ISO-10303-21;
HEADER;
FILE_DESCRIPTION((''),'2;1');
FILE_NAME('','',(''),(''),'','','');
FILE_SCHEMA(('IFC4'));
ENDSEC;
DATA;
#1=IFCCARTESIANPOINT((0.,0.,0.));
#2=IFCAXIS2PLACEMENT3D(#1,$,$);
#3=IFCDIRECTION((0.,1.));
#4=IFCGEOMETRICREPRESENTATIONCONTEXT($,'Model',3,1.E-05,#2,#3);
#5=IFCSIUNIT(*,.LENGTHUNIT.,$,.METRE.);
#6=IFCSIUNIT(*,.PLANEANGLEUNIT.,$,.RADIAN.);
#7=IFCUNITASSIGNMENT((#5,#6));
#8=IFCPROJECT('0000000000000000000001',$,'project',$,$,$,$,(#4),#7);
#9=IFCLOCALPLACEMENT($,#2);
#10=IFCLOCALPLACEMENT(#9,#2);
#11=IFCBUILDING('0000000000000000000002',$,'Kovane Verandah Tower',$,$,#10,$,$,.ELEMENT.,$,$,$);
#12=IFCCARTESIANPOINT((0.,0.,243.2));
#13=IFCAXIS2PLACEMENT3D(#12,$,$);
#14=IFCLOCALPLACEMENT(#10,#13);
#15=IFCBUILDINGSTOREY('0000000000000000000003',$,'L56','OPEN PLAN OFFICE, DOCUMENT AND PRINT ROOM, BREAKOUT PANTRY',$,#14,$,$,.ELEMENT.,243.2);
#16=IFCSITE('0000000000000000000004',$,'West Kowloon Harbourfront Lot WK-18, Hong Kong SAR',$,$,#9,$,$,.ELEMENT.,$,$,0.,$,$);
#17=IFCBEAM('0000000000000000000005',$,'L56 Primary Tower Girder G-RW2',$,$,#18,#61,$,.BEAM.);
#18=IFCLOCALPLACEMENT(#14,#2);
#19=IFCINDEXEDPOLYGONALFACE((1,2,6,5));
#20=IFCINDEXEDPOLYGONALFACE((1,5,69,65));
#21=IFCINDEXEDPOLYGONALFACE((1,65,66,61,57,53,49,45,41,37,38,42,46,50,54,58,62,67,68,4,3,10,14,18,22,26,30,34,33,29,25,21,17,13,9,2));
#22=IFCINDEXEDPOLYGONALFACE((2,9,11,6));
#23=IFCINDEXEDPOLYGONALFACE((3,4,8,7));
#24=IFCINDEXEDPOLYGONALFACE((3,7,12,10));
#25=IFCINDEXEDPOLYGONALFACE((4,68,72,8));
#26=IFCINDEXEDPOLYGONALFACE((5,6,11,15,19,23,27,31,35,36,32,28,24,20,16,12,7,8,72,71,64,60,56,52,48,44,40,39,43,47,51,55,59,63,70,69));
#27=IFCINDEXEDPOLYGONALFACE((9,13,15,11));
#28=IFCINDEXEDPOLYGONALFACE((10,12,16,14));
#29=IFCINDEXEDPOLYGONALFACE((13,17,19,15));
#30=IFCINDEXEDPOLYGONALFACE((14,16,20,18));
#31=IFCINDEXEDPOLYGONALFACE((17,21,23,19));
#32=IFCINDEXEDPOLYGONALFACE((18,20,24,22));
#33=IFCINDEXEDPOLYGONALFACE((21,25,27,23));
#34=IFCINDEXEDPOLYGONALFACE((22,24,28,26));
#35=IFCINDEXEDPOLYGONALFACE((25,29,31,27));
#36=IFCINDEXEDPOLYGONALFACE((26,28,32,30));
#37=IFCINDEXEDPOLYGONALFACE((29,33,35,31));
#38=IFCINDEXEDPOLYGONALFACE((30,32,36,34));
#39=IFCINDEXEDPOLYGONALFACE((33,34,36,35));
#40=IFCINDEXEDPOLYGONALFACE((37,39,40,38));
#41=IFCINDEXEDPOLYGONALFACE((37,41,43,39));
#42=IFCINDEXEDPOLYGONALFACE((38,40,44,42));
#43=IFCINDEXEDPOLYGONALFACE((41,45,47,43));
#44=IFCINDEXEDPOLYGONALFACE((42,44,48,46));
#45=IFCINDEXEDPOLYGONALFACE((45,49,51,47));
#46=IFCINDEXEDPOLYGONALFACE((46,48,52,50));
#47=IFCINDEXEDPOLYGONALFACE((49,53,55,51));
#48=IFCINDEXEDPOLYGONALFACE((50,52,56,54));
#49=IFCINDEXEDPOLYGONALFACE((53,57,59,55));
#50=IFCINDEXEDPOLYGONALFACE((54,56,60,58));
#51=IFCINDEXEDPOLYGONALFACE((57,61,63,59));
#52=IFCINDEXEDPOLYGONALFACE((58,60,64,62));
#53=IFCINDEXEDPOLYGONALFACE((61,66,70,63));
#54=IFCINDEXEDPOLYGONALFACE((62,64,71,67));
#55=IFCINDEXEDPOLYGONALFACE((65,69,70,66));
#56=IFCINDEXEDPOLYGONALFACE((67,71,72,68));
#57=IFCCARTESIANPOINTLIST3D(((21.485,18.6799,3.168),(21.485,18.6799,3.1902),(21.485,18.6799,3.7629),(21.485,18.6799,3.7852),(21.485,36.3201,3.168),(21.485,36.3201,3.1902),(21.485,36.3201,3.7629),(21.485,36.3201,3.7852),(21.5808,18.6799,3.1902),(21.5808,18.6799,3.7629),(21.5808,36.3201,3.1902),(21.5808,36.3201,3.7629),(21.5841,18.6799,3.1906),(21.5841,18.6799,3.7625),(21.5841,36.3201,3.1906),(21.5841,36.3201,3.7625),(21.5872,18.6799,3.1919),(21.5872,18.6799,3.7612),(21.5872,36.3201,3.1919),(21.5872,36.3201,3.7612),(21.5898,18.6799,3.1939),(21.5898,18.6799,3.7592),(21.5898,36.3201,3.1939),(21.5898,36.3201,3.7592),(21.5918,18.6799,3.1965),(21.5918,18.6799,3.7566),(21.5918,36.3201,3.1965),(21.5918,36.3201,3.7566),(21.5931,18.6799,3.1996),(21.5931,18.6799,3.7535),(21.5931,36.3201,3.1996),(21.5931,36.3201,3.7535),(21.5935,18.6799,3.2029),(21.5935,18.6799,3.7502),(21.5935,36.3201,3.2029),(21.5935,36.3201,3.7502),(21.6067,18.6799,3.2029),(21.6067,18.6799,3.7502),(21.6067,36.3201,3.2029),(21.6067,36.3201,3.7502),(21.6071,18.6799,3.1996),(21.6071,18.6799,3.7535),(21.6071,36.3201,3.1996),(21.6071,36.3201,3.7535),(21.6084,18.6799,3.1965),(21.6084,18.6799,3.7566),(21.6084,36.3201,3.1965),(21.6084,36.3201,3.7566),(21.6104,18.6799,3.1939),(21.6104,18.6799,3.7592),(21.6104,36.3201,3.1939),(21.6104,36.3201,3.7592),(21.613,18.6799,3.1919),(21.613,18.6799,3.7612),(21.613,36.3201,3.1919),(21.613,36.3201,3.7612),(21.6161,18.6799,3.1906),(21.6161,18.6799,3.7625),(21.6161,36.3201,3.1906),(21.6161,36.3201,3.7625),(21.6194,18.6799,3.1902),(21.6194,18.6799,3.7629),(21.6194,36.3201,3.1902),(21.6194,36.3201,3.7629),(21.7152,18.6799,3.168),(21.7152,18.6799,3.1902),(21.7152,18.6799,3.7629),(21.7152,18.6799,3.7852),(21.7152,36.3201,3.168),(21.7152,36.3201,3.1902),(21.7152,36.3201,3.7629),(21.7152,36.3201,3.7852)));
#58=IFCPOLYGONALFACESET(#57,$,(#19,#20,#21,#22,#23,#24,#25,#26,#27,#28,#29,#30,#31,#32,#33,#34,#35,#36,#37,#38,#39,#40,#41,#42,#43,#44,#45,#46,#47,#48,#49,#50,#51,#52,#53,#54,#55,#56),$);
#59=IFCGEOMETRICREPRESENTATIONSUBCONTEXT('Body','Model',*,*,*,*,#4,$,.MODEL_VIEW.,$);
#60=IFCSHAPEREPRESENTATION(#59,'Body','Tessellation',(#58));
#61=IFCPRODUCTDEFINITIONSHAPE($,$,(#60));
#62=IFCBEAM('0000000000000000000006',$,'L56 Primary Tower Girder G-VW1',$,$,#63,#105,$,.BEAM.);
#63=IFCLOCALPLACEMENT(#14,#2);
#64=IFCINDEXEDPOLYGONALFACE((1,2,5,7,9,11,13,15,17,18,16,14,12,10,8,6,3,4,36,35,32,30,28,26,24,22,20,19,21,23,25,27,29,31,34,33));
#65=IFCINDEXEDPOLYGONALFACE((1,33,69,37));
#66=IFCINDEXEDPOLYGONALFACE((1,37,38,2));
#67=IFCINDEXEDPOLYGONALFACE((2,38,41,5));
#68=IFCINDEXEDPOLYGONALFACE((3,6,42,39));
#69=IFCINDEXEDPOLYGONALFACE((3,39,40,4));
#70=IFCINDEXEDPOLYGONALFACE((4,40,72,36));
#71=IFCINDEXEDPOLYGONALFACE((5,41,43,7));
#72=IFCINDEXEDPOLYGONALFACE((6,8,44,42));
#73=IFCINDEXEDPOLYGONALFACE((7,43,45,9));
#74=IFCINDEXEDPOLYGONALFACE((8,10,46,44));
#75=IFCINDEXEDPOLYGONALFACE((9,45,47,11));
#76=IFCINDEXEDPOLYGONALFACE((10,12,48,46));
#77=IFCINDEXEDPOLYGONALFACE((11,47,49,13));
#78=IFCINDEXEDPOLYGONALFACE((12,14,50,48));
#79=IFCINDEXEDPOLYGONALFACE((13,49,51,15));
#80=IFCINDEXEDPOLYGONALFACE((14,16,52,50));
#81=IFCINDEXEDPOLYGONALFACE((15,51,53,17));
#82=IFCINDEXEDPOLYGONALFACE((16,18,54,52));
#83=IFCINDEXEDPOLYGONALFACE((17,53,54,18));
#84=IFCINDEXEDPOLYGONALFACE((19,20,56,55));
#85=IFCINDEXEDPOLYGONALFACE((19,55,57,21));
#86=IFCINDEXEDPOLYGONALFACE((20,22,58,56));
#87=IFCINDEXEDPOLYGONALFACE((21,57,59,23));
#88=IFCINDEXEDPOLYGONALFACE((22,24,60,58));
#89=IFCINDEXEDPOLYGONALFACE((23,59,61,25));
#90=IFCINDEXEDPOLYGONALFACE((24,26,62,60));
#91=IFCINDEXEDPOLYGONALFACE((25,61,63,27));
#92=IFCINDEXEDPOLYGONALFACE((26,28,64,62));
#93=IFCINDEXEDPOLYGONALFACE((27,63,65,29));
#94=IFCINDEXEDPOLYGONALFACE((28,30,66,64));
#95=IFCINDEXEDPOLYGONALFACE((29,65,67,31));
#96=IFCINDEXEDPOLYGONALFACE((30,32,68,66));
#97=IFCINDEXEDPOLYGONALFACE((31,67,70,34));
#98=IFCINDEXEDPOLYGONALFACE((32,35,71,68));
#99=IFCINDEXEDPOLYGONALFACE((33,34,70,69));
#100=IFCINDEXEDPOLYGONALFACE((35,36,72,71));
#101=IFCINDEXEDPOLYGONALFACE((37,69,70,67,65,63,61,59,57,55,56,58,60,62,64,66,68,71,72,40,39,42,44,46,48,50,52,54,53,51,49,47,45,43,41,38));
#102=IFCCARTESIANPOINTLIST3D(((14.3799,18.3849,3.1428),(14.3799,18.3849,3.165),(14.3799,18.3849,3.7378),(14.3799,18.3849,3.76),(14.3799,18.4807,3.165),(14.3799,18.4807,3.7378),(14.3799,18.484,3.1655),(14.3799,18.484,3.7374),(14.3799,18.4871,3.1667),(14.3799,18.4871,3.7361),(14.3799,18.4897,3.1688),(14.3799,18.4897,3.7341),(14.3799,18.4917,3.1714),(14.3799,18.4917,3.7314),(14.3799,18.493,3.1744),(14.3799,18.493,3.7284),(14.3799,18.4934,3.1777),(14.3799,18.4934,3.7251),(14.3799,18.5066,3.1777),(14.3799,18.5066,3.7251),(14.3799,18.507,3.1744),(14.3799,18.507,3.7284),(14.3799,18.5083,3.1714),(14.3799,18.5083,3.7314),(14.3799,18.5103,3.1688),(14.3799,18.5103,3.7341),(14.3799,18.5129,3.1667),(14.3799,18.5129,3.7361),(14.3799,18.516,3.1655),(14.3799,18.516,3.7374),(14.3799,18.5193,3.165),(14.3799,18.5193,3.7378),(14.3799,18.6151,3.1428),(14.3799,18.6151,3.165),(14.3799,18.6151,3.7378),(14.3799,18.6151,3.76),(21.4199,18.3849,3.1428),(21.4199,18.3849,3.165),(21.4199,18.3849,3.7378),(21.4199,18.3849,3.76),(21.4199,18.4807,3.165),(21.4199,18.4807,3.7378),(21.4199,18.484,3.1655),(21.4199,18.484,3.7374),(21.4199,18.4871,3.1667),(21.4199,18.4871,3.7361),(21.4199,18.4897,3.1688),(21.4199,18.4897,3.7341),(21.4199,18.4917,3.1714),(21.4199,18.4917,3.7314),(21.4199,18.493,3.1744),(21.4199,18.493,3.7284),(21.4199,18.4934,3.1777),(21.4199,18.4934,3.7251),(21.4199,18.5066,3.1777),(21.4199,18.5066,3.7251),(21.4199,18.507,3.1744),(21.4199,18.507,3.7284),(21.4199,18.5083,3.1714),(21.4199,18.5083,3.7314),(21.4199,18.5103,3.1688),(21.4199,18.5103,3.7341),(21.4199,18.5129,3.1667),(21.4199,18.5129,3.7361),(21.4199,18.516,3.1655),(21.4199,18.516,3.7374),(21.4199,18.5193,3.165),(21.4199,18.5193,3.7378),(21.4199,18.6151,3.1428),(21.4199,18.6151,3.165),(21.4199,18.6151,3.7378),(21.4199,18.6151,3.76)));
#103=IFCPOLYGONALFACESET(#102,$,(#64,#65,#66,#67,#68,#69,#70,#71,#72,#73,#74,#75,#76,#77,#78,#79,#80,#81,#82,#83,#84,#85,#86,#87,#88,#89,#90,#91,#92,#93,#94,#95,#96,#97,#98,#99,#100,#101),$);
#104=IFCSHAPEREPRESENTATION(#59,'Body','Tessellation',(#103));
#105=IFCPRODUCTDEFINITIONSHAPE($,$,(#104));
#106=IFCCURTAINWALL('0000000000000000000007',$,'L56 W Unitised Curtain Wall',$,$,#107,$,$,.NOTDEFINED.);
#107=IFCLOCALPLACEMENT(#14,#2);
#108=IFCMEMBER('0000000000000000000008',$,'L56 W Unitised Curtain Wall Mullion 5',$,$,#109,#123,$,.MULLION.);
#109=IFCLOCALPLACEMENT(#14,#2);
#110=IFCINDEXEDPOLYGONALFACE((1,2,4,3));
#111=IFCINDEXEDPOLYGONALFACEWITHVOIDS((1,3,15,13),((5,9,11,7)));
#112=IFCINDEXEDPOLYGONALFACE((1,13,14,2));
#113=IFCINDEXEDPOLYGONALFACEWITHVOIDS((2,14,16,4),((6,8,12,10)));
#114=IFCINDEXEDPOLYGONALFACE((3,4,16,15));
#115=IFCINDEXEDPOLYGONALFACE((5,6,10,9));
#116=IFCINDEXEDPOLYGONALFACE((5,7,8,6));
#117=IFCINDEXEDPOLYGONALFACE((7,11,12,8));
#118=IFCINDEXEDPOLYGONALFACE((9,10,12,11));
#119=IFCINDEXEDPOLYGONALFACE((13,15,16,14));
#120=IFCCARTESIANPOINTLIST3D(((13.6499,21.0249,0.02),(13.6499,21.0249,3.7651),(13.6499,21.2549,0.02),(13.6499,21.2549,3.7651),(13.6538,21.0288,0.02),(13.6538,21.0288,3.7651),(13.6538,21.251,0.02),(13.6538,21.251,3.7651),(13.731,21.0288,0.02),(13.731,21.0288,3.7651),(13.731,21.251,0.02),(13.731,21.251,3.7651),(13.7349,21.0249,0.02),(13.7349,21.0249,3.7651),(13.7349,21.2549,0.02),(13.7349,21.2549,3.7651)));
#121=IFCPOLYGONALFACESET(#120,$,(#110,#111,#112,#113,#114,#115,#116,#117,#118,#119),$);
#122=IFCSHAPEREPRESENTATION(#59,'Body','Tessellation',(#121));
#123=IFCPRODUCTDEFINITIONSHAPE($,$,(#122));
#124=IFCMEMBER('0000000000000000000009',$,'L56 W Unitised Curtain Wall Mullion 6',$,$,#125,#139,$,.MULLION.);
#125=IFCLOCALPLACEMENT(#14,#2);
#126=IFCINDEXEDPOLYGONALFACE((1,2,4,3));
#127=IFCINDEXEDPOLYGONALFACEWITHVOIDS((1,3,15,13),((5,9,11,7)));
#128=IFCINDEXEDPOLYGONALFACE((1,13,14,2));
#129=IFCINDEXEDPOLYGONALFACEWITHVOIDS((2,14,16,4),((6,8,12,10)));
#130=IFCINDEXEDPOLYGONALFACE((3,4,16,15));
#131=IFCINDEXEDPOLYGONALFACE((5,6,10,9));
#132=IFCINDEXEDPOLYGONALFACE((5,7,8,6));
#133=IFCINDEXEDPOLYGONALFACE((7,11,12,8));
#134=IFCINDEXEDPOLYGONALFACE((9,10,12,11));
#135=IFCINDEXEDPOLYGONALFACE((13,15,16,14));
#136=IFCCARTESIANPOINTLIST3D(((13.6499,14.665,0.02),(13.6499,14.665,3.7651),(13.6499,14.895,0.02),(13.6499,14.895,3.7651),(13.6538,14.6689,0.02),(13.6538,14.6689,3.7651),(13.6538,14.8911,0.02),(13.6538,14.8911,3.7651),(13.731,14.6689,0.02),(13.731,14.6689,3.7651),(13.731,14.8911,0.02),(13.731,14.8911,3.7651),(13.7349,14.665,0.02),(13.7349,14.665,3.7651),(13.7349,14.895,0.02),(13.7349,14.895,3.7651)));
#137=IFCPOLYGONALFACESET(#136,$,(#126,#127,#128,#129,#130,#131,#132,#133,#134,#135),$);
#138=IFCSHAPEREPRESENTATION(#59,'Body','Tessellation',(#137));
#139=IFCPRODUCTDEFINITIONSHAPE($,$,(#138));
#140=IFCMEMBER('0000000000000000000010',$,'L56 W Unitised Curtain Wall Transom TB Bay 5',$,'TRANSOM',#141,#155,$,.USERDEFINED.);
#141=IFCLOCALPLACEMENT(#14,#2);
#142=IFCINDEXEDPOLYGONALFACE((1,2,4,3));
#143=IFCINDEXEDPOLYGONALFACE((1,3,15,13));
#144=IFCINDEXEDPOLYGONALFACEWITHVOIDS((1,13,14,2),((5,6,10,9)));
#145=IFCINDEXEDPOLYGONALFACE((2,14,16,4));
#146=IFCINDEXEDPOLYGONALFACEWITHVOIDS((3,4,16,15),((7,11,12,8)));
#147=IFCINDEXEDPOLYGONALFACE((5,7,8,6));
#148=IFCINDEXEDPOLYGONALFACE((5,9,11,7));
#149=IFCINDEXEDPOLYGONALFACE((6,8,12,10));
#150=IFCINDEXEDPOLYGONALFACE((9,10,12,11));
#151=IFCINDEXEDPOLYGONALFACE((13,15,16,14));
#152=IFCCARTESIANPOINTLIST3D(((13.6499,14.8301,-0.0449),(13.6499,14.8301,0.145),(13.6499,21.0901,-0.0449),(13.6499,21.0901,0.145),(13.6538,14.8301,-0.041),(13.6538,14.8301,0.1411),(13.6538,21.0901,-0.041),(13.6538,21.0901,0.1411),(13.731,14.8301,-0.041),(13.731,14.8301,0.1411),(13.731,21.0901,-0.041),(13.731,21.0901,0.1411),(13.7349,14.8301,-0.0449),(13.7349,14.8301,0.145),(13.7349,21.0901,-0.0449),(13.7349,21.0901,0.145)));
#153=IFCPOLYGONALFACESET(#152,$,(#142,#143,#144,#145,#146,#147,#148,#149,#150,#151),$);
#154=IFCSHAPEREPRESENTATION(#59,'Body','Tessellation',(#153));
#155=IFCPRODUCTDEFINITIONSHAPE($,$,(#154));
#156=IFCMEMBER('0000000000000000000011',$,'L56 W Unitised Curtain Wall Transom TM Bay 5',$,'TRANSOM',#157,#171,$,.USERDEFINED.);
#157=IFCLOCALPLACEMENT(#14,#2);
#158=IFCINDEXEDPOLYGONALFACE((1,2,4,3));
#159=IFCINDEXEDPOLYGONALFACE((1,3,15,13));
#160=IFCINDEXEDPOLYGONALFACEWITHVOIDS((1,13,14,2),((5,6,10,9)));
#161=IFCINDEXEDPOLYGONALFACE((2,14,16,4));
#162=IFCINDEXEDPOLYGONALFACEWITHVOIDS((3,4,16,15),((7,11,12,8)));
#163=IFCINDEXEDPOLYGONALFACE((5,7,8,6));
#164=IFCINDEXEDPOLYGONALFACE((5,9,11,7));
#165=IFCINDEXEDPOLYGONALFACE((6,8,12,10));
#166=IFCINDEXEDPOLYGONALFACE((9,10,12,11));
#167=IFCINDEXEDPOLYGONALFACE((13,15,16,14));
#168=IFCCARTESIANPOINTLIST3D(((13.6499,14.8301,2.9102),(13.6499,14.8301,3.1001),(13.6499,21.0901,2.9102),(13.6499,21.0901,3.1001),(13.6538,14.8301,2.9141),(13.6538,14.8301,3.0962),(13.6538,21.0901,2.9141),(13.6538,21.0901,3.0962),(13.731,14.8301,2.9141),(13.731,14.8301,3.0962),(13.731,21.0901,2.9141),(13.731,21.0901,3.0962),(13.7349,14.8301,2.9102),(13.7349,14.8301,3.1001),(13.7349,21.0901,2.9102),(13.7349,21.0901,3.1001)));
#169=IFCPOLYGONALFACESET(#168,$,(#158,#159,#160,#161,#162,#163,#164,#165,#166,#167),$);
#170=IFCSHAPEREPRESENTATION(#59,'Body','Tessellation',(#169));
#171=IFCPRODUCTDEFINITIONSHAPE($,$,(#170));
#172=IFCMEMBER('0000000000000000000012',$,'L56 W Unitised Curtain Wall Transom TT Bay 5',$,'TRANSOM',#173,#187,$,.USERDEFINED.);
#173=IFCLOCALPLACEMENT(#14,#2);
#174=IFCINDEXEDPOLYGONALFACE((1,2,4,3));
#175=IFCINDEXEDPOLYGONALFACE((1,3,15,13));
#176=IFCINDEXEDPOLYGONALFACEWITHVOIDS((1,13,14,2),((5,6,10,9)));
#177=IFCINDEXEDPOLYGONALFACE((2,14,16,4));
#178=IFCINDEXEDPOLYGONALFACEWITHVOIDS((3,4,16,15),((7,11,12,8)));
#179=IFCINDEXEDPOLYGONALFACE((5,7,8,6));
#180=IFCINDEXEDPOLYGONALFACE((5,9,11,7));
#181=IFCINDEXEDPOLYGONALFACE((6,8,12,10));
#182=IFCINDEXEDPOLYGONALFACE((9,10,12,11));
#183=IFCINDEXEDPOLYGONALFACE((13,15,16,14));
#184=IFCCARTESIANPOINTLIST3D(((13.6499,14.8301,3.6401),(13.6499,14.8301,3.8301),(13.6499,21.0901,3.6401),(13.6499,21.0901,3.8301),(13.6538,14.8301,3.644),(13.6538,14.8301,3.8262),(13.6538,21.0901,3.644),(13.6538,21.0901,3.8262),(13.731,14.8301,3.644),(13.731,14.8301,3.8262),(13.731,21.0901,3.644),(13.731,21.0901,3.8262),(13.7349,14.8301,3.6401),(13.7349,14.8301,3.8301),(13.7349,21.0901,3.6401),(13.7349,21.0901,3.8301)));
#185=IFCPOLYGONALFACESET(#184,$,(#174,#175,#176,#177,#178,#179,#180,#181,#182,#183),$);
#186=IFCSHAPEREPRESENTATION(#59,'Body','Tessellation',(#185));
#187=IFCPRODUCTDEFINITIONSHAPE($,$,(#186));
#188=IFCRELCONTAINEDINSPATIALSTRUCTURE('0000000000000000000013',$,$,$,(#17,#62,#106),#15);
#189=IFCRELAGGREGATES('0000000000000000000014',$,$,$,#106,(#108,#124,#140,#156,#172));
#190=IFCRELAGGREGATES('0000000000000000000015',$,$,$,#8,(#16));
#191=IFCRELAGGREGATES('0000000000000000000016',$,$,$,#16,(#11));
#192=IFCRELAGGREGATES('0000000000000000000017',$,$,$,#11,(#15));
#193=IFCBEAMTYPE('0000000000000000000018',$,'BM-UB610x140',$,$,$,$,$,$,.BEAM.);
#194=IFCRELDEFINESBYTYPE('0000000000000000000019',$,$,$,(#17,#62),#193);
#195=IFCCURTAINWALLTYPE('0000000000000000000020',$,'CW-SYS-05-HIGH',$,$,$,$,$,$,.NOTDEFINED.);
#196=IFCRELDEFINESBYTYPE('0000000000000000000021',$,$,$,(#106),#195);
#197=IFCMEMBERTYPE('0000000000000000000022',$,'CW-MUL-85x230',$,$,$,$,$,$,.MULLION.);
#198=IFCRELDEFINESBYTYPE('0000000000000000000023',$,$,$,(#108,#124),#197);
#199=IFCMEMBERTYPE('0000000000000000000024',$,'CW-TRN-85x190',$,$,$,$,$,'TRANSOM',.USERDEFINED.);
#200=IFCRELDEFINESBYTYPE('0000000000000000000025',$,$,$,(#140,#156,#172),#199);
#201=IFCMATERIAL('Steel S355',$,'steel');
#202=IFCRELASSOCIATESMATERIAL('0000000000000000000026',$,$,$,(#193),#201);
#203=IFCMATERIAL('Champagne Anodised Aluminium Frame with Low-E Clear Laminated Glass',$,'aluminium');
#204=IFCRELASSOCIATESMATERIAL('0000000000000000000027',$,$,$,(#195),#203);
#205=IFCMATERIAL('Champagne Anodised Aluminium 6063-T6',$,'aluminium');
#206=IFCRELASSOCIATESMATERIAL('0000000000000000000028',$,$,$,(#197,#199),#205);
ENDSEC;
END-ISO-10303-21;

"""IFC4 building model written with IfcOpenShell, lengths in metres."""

from ifc_helpers import new_model, si_unit, direction, frame, origin, origin_2d, place, context, subcontext, project, spatial, hollow_rectangle, i_section, extrude, material, material_profile, profile_set, type_object, element, aggregate, save


model = new_model("IFC4")

# Units and contexts
model_context = context("Model", 3, precision=1e-05, world=origin(), true_north=direction((0.0, 1.0)))
body_context = subcontext(model_context, "Body", "Model", "MODEL_VIEW")
ifc_project = project(units=[si_unit("LENGTHUNIT", "METRE"), si_unit("PLANEANGLEUNIT", "RADIAN")], contexts=[model_context])

# Site, building, storey
site_placement = place(None, origin())
site = spatial("IfcSite", under=ifc_project, at=site_placement, Name="West Kowloon Harbourfront Lot WK-18, Hong Kong SAR", CompositionType="ELEMENT", RefElevation=0.0)
building_placement = place(site_placement, origin())
building = spatial("IfcBuilding", under=site, at=building_placement, Name="Kovane Verandah Tower", CompositionType="ELEMENT")
storey_placement = place(building_placement, frame((0.0, 0.0, 243.2)))
storey = spatial("IfcBuildingStorey", under=building, at=storey_placement, Name="L56", Description="OPEN PLAN OFFICE, DOCUMENT AND PRINT ROOM, BREAKOUT PANTRY", CompositionType="ELEMENT", Elevation=243.2)

# Beams
ifc_material_1 = material(Name="Steel S355", Category="steel")
ifc_material_profile_1 = material_profile(ifc_material_1, i_section(OverallWidth=0.2302, OverallDepth=0.6172, WebThickness=0.0132, FlangeThickness=0.0222, FilletRadius=0.0127, at=origin_2d()), Name="UB610x229x140")
ifc_profile_set_1 = profile_set([ifc_material_profile_1], Name="Steel S355")
beam_type_1 = type_object("IfcBeamType", Name="BM-UB610x140", PredefinedType="BEAM", material=ifc_profile_set_1)
beam_1_placement = place(storey_placement, frame((21.6001, 18.6799, 3.4766), z_axis=(0.0, 1.0, 0.0), x_axis=(-1.0, 0.0, 0.0)))
element("IfcBeam", 1, at=beam_1_placement, inside=storey, type_object=beam_type_1, Name="L56 Primary Tower Girder G-RW2", PredefinedType="BEAM", context=body_context, shape_type="SweptSolid", body=[
    extrude(i_section(OverallWidth=0.2302, OverallDepth=0.6172, WebThickness=0.0132, FlangeThickness=0.0222, FilletRadius=0.0127, at=origin_2d()), origin(), (0.0, 0.0, 1.0), 17.6401),
])
beam_2_placement = place(storey_placement, frame((21.4199, 18.5, 3.4514), z_axis=(-1.0, 0.0, 0.0), x_axis=(0.0, -1.0, 0.0)))
element("IfcBeam", 2, at=beam_2_placement, inside=storey, type_object=beam_type_1, Name="L56 Primary Tower Girder G-VW1", PredefinedType="BEAM", context=body_context, shape_type="SweptSolid", body=[
    extrude(i_section(OverallWidth=0.2302, OverallDepth=0.6172, WebThickness=0.0132, FlangeThickness=0.0222, FilletRadius=0.0127, at=origin_2d()), origin(), (0.0, 0.0, 1.0), 7.04),
])

# Curtain wall, members
ifc_material_2 = material(Name="Champagne Anodised Aluminium Frame with Low-E Clear Laminated Glass", Category="aluminium")
curtain_wall_type = type_object("IfcCurtainWallType", Name="CW-SYS-05-HIGH", PredefinedType="NOTDEFINED", material=ifc_material_2)
curtain_wall_placement = place(storey_placement, origin())
curtain_wall = element("IfcCurtainWall", 3, at=curtain_wall_placement, inside=storey, type_object=curtain_wall_type, Name="L56 W Unitised Curtain Wall", PredefinedType="NOTDEFINED")
ifc_material_3 = material(Name="Champagne Anodised Aluminium 6063-T6", Category="aluminium")
ifc_material_profile_2 = material_profile(ifc_material_3, hollow_rectangle(XDim=0.085, YDim=0.23, WallThickness=0.0039, at=origin_2d()), Name="AL85x230x4")
ifc_profile_set_2 = profile_set([ifc_material_profile_2], Name="Champagne Anodised Aluminium 6063-T6")
member_type_1 = type_object("IfcMemberType", Name="CW-MUL-85x230", PredefinedType="MULLION", material=ifc_profile_set_2)
member_1_placement = place(storey_placement, frame((13.6924, 21.1399, 0.02), z_axis=(0.0, 0.0, 1.0), x_axis=(-1.0, 0.0, 0.0)))
member_1 = element("IfcMember", 4, at=member_1_placement, type_object=member_type_1, Name="L56 W Unitised Curtain Wall Mullion 5", PredefinedType="MULLION", context=body_context, shape_type="SweptSolid", body=[
    extrude(hollow_rectangle(XDim=0.085, YDim=0.23, WallThickness=0.0039, at=origin_2d()), origin(), (0.0, 0.0, 1.0), 3.7451),
])
member_2_placement = place(storey_placement, frame((13.6924, 14.78, 0.02), z_axis=(0.0, 0.0, 1.0), x_axis=(-1.0, 0.0, 0.0)))
member_2 = element("IfcMember", 5, at=member_2_placement, type_object=member_type_1, Name="L56 W Unitised Curtain Wall Mullion 6", PredefinedType="MULLION", context=body_context, shape_type="SweptSolid", body=[
    extrude(hollow_rectangle(XDim=0.085, YDim=0.23, WallThickness=0.0039, at=origin_2d()), origin(), (0.0, 0.0, 1.0), 3.7451),
])
ifc_material_profile_3 = material_profile(ifc_material_3, hollow_rectangle(XDim=0.085, YDim=0.1899, WallThickness=0.0039, at=origin_2d()), Name="AL85x190x4")
ifc_profile_set_3 = profile_set([ifc_material_profile_3], Name="Champagne Anodised Aluminium 6063-T6")
member_type_2 = type_object("IfcMemberType", Name="CW-TRN-85x190", ElementType="TRANSOM", PredefinedType="USERDEFINED", material=ifc_profile_set_3)
member_3_placement = place(storey_placement, frame((13.6924, 21.0901, 0.05), z_axis=(0.0, -1.0, 0.0), x_axis=(1.0, 0.0, 0.0)))
member_3 = element("IfcMember", 6, at=member_3_placement, type_object=member_type_2, Name="L56 W Unitised Curtain Wall Transom TB Bay 5", ObjectType="TRANSOM", PredefinedType="USERDEFINED", context=body_context, shape_type="SweptSolid", body=[
    extrude(hollow_rectangle(XDim=0.085, YDim=0.1899, WallThickness=0.0039, at=origin_2d()), origin(), (0.0, 0.0, 1.0), 6.26),
])
member_4_placement = place(storey_placement, frame((13.6924, 21.0901, 3.0051), z_axis=(0.0, -1.0, 0.0), x_axis=(1.0, 0.0, 0.0)))
member_4 = element("IfcMember", 7, at=member_4_placement, type_object=member_type_2, Name="L56 W Unitised Curtain Wall Transom TM Bay 5", ObjectType="TRANSOM", PredefinedType="USERDEFINED", context=body_context, shape_type="SweptSolid", body=[
    extrude(hollow_rectangle(XDim=0.085, YDim=0.1899, WallThickness=0.0039, at=origin_2d()), origin(), (0.0, 0.0, 1.0), 6.26),
])
member_5_placement = place(storey_placement, frame((13.6924, 21.0901, 3.7351), z_axis=(0.0, -1.0, 0.0), x_axis=(1.0, 0.0, 0.0)))
member_5 = element("IfcMember", 8, at=member_5_placement, type_object=member_type_2, Name="L56 W Unitised Curtain Wall Transom TT Bay 5", ObjectType="TRANSOM", PredefinedType="USERDEFINED", context=body_context, shape_type="SweptSolid", body=[
    extrude(hollow_rectangle(XDim=0.085, YDim=0.1899, WallThickness=0.0039, at=origin_2d()), origin(), (0.0, 0.0, 1.0), 6.26),
])

aggregate(curtain_wall, [member_1, member_2, member_3, member_4, member_5])

save(model, "model.ifc")
